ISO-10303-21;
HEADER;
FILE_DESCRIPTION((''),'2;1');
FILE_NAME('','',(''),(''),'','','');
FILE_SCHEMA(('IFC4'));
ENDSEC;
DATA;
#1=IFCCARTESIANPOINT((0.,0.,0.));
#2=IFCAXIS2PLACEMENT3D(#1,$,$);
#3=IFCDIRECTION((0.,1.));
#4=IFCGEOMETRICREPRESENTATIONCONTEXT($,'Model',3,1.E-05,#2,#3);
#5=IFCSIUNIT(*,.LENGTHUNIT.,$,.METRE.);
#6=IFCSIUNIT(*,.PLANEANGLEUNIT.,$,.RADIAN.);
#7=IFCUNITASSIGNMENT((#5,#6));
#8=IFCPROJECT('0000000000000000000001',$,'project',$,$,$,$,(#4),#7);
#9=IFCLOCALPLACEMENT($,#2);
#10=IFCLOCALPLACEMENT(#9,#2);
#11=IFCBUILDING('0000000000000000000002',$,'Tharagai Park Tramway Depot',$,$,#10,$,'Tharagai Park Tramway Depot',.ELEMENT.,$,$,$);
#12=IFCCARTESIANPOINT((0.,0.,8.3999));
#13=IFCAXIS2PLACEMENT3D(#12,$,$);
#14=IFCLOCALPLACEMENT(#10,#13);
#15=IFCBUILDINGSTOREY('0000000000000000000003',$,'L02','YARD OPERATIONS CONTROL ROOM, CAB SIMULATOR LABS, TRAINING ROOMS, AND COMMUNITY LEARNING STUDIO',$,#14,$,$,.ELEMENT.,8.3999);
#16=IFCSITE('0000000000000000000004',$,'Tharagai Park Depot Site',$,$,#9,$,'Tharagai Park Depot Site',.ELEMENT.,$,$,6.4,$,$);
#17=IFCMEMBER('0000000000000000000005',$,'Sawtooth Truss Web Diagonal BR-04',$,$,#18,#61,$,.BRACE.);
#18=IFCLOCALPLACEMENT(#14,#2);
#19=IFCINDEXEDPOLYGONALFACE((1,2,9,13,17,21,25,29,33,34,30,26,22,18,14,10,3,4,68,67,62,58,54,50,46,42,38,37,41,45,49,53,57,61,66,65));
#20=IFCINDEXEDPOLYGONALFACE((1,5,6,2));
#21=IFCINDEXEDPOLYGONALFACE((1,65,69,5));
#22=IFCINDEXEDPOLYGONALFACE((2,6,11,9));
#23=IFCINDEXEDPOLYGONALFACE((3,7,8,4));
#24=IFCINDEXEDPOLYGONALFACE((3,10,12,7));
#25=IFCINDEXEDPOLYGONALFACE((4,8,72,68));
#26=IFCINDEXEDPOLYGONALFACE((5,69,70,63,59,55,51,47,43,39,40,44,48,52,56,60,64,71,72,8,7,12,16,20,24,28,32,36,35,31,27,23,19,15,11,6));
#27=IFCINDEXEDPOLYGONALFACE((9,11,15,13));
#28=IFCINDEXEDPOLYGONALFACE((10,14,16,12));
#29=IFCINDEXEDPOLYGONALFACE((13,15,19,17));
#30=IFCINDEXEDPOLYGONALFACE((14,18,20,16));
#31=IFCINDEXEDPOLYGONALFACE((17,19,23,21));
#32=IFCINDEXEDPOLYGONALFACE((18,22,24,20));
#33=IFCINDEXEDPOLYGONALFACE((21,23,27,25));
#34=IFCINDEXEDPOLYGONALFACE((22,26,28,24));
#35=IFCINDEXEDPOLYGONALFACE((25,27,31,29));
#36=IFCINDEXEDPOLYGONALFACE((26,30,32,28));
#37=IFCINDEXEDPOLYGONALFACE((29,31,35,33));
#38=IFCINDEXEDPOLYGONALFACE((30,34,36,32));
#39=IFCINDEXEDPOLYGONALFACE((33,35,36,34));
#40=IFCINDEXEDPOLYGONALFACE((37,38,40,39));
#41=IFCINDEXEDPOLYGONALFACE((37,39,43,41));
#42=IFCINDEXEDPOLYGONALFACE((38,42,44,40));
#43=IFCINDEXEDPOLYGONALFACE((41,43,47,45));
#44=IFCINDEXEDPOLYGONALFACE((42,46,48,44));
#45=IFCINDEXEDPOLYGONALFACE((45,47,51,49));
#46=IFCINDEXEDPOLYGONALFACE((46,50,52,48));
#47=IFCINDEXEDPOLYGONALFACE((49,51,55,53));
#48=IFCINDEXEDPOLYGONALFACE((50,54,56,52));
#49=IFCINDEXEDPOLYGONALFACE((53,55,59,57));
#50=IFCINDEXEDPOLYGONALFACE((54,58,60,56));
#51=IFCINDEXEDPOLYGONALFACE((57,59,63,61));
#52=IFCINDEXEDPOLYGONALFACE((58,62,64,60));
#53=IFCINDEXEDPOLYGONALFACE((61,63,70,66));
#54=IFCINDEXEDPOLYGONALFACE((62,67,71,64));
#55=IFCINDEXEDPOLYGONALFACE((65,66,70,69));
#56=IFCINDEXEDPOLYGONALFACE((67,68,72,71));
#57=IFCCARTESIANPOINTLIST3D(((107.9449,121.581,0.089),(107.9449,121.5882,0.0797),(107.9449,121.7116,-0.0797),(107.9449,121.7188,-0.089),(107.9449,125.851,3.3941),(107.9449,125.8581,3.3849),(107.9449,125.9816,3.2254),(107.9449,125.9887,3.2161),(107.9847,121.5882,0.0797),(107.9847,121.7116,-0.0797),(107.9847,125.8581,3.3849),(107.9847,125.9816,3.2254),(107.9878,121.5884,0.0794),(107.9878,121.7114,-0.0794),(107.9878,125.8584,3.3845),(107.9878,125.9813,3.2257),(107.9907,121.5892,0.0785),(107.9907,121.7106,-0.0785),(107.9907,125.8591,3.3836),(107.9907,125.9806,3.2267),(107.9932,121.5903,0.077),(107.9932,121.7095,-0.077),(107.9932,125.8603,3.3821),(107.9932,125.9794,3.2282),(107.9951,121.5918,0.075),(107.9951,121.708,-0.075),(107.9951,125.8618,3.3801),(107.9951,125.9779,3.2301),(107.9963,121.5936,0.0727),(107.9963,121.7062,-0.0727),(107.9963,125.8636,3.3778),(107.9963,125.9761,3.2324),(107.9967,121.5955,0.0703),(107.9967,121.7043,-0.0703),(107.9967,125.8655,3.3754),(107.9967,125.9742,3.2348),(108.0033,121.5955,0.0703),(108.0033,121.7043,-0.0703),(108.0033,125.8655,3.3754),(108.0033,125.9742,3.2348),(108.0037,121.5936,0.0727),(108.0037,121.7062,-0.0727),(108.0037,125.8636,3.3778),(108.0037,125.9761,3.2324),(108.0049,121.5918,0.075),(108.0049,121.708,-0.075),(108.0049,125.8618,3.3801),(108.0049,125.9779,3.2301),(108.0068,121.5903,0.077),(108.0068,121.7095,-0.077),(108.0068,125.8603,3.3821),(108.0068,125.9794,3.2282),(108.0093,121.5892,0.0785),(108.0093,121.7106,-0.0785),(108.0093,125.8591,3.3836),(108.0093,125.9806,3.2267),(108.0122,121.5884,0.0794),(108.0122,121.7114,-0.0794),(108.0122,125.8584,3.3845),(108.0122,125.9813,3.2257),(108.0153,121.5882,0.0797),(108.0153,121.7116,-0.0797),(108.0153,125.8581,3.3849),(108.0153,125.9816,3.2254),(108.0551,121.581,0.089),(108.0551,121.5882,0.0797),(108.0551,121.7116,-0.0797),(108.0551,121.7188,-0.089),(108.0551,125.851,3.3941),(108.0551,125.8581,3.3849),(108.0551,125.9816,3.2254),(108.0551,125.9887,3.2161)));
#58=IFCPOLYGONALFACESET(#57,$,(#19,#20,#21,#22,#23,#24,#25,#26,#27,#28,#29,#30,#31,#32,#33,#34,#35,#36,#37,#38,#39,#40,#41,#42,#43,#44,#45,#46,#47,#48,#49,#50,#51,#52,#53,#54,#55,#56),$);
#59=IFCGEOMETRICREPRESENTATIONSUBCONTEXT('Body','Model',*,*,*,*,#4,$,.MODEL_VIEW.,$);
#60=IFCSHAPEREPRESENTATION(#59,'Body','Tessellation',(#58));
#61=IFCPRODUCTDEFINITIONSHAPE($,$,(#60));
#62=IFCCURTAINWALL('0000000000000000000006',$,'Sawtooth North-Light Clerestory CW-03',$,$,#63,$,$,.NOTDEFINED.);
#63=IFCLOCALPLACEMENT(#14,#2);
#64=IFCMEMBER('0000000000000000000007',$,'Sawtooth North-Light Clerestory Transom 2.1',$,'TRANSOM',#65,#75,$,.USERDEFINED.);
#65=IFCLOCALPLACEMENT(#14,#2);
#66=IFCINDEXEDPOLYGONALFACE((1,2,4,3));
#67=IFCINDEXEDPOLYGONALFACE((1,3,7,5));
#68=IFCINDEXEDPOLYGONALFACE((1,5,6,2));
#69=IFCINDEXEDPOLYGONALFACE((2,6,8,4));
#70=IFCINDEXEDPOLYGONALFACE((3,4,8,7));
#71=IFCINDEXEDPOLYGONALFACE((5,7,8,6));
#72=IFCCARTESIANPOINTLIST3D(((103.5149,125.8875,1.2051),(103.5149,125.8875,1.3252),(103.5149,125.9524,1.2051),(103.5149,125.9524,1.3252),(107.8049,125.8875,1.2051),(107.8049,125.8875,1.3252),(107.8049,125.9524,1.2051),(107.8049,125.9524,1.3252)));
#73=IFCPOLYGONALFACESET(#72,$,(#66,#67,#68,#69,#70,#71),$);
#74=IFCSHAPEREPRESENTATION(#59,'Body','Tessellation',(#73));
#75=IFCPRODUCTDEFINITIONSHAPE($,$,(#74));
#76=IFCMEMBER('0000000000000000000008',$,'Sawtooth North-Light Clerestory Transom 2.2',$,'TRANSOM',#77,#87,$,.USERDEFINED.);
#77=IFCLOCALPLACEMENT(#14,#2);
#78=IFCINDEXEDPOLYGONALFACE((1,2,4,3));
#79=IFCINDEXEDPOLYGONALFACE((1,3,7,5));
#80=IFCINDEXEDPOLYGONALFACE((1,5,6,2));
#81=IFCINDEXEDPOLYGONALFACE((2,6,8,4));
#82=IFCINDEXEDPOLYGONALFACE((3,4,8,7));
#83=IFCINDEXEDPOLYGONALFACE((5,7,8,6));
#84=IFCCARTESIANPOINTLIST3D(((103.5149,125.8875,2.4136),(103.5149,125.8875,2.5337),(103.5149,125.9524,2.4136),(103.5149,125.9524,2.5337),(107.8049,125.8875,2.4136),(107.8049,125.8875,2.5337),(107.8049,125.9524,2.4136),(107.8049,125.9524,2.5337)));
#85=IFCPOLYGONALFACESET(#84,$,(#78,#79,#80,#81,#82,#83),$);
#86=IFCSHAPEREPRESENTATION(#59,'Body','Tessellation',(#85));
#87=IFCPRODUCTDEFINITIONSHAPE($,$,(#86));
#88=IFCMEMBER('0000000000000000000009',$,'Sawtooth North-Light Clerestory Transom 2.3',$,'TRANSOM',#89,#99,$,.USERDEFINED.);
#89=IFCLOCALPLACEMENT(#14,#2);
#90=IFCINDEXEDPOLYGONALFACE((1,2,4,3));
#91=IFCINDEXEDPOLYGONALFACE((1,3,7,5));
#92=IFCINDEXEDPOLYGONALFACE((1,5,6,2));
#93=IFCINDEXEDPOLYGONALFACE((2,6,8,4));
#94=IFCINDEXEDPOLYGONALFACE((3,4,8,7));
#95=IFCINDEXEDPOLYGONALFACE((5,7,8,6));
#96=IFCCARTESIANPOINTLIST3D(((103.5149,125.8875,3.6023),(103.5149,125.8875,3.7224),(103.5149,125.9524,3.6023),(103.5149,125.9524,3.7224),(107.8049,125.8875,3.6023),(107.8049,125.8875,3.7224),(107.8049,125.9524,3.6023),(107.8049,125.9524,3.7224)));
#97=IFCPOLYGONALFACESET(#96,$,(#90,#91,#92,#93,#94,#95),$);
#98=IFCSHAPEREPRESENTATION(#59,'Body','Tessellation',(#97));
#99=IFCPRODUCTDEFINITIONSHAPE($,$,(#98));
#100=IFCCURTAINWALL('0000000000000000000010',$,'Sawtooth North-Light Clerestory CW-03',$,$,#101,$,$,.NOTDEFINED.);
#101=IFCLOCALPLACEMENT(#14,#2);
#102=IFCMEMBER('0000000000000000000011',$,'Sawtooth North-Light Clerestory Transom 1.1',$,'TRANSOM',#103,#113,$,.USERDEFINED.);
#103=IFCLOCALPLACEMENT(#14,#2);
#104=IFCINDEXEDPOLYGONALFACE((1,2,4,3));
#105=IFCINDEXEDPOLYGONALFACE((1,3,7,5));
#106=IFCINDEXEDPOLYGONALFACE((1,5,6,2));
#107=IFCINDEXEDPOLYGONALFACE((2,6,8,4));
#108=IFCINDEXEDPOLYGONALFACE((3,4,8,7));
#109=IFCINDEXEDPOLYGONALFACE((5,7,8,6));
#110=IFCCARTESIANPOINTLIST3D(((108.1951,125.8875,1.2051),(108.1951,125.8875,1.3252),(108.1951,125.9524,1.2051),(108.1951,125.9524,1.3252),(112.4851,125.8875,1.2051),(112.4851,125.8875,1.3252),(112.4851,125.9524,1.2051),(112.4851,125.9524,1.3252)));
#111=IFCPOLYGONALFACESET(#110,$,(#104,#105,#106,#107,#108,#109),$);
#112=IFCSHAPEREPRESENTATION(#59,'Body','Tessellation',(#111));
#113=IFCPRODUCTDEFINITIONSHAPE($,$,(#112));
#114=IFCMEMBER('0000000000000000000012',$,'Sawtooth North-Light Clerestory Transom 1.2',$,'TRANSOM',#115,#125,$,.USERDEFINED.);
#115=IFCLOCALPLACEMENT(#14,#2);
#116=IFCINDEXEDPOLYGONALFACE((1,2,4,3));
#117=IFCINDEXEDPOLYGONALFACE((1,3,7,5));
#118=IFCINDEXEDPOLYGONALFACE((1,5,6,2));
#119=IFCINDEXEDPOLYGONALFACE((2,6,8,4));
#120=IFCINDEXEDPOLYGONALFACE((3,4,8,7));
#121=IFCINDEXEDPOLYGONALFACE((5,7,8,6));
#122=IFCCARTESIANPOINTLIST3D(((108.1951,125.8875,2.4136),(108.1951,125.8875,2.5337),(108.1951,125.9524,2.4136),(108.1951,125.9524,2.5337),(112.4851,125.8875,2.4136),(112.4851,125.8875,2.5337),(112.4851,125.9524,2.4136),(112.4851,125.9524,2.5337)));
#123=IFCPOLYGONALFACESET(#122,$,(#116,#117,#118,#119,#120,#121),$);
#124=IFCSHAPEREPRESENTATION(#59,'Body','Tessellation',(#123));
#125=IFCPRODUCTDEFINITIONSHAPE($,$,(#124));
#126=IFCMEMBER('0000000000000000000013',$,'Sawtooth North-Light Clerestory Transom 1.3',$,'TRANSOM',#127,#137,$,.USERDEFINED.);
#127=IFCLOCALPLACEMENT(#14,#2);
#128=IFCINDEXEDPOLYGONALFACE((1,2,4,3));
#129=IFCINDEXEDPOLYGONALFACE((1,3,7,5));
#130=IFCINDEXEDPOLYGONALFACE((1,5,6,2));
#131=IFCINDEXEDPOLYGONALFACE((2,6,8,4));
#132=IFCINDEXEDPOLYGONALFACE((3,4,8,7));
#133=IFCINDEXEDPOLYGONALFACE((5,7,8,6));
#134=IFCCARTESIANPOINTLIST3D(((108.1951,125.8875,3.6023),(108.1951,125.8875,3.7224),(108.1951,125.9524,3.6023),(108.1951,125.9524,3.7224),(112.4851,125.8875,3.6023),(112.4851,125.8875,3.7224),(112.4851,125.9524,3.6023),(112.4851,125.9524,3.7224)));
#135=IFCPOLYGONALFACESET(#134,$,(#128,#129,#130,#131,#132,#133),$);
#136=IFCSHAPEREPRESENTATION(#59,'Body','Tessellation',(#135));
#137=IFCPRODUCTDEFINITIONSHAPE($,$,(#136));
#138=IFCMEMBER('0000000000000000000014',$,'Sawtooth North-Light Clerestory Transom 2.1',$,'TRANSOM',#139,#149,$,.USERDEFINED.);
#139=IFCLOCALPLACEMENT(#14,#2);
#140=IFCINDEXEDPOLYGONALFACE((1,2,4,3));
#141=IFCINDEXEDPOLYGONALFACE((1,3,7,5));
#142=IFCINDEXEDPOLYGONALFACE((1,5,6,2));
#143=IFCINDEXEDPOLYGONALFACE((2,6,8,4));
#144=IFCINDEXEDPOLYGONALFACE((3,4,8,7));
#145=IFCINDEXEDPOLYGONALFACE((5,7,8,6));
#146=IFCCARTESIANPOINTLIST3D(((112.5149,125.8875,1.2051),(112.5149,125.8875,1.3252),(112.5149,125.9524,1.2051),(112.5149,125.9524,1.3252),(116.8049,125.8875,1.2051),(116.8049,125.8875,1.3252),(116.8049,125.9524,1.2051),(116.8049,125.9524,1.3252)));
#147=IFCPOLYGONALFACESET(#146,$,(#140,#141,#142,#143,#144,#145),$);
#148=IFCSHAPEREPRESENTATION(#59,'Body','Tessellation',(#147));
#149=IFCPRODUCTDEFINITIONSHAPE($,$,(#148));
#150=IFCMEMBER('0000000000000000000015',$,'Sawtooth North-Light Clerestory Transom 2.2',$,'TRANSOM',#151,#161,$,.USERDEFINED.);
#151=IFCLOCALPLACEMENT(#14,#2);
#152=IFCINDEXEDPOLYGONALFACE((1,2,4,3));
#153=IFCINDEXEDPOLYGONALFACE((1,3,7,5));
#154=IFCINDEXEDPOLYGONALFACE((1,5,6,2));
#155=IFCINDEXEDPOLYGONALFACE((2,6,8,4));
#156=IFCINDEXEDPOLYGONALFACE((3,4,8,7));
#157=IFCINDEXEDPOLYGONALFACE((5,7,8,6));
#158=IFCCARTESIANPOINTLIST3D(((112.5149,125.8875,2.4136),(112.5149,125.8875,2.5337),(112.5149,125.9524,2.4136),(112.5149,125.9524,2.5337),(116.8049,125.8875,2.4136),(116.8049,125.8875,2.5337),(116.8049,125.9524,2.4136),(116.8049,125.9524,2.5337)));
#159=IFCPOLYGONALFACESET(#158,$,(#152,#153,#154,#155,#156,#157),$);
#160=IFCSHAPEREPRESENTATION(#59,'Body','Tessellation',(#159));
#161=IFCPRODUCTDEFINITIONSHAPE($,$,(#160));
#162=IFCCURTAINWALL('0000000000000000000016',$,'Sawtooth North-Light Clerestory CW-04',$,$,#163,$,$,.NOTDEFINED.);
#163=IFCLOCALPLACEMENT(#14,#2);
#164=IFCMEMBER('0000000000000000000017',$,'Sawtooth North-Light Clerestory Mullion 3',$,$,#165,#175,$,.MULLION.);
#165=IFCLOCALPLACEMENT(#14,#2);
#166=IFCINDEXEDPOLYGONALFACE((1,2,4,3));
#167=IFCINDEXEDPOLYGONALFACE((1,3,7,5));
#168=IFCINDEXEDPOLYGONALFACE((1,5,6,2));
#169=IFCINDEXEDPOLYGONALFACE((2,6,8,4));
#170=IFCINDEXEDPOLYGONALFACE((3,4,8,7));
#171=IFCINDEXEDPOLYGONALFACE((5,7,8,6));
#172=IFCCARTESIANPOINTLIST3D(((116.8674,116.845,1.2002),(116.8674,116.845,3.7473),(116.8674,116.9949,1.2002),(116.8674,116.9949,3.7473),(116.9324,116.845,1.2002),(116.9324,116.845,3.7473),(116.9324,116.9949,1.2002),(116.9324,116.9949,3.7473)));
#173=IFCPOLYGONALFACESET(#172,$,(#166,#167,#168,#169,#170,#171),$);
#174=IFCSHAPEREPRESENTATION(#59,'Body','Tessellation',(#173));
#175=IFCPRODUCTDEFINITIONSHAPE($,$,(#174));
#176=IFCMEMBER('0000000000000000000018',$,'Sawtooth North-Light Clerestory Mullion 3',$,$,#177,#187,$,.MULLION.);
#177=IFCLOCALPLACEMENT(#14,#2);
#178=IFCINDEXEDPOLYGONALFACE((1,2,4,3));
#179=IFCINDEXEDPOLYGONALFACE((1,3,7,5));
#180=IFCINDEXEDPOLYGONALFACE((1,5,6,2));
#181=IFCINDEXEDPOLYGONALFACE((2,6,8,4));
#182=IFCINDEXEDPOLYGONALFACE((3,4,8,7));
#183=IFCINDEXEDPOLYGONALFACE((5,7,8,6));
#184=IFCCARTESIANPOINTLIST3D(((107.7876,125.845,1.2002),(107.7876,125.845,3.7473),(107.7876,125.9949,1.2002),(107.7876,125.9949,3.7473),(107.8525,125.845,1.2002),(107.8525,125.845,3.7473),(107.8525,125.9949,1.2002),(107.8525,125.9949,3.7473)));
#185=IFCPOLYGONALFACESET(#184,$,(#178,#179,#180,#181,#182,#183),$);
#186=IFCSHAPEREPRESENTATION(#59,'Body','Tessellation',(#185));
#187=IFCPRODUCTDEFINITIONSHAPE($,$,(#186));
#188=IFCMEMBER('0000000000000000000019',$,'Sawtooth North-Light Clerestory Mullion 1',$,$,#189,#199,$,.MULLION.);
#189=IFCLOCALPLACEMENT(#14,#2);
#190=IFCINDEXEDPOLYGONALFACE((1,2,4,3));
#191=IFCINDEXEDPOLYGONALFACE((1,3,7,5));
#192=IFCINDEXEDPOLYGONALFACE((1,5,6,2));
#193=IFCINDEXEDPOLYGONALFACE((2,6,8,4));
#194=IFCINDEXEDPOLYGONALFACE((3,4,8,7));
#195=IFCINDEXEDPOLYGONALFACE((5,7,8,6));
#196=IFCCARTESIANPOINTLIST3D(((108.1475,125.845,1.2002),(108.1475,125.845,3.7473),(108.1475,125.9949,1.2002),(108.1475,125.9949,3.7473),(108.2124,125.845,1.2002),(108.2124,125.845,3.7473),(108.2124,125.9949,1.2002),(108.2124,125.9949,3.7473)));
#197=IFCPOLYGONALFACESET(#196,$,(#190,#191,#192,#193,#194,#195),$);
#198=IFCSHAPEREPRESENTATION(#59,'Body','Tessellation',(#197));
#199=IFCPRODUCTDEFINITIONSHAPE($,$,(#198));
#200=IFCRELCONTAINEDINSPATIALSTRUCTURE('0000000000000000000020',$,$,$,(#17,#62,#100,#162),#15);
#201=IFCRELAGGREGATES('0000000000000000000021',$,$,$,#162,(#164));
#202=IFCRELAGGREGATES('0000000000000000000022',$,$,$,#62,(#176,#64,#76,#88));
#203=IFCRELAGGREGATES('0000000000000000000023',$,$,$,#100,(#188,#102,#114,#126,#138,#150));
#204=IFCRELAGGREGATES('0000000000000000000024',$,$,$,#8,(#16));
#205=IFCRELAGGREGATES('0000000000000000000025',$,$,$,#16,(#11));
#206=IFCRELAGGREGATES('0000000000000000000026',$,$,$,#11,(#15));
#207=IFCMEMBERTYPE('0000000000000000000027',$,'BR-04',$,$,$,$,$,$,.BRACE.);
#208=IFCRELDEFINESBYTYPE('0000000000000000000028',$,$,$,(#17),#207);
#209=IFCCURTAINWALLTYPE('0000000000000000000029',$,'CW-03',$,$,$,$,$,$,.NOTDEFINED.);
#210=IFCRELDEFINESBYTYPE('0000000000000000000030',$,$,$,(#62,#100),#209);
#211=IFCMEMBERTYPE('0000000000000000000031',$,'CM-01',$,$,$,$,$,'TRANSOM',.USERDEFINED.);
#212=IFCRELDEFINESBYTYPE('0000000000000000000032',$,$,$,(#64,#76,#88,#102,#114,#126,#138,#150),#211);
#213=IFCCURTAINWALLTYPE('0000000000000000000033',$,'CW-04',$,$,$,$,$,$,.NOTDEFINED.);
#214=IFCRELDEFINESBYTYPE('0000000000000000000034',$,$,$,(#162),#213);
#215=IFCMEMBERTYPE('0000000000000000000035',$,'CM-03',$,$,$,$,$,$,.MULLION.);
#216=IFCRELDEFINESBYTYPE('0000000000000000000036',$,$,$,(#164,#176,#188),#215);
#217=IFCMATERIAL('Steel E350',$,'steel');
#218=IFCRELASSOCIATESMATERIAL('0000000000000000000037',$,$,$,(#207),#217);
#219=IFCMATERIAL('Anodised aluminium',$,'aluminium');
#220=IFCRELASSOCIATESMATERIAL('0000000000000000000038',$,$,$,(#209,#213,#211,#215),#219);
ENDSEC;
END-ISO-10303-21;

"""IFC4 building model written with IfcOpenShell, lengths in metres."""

from ifc_helpers import new_model, si_unit, direction, frame, origin, origin_2d, place, context, subcontext, project, spatial, rectangle, i_section, extrude, material, material_profile, profile_set, type_object, element, aggregate, save


model = new_model("IFC4")

# Units and contexts
model_context = context("Model", 3, precision=1e-05, world=origin(), true_north=direction((0.0, 1.0)))
body_context = subcontext(model_context, "Body", "Model", "MODEL_VIEW")
ifc_project = project(units=[si_unit("LENGTHUNIT", "METRE"), si_unit("PLANEANGLEUNIT", "RADIAN")], contexts=[model_context])

# Site, building, storey
site_placement = place(None, origin())
site = spatial("IfcSite", under=ifc_project, at=site_placement, Name="Tharagai Park Depot Site", LongName="Tharagai Park Depot Site", CompositionType="ELEMENT", RefElevation=6.4)
building_placement = place(site_placement, origin())
building = spatial("IfcBuilding", under=site, at=building_placement, Name="Tharagai Park Tramway Depot", LongName="Tharagai Park Tramway Depot", CompositionType="ELEMENT")
storey_placement = place(building_placement, frame((0.0, 0.0, 8.3999)))
storey = spatial("IfcBuildingStorey", under=building, at=storey_placement, Name="L02", Description="YARD OPERATIONS CONTROL ROOM, CAB SIMULATOR LABS, TRAINING ROOMS, AND COMMUNITY LEARNING STUDIO", CompositionType="ELEMENT", Elevation=8.3999)

# Shared definitions
ifc_material_1 = material(Name="Steel E350", Category="steel")

# Member
ifc_material_profile_1 = material_profile(ifc_material_1, i_section(OverallWidth=0.1101, OverallDepth=0.2251, WebThickness=0.0066, FlangeThickness=0.0117, FilletRadius=0.012, at=origin_2d()), Name="ISMB 225")
ifc_profile_set_1 = profile_set([ifc_material_profile_1], Name="Steel E350")
member_type_1 = type_object("IfcMemberType", Name="BR-04", PredefinedType="BRACE", material=ifc_profile_set_1)
member_1_placement = place(storey_placement, frame((108.0, 121.6499, 0.0), z_axis=(0.0, 0.790782, 0.612098), x_axis=(-1.0, 0.0, 0.0)))
element("IfcMember", 1, at=member_1_placement, inside=storey, type_object=member_type_1, Name="Sawtooth Truss Web Diagonal BR-04", PredefinedType="BRACE", context=body_context, shape_type="SweptSolid", body=[
    extrude(i_section(OverallWidth=0.1101, OverallDepth=0.2251, WebThickness=0.0066, FlangeThickness=0.0117, FilletRadius=0.012, at=origin_2d()), origin(), (0.0, 0.0, 1.0), 5.3997),
])

# Curtain walls, members
ifc_material_2 = material(Name="Anodised aluminium", Category="aluminium")
curtain_wall_type_1 = type_object("IfcCurtainWallType", Name="CW-03", PredefinedType="NOTDEFINED", material=ifc_material_2)
curtain_wall_1_placement = place(storey_placement, origin())
curtain_wall_1 = element("IfcCurtainWall", 2, at=curtain_wall_1_placement, inside=storey, type_object=curtain_wall_type_1, Name="Sawtooth North-Light Clerestory CW-03", PredefinedType="NOTDEFINED")
ifc_material_profile_2 = material_profile(ifc_material_2, rectangle(XDim=0.0649, YDim=0.1201, at=origin_2d()), Name="ALU 65x120")
ifc_profile_set_2 = profile_set([ifc_material_profile_2], Name="Anodised aluminium")
member_type_2 = type_object("IfcMemberType", Name="CM-01", ElementType="TRANSOM", PredefinedType="USERDEFINED", material=ifc_profile_set_2)
member_2_placement = place(storey_placement, frame((103.5149, 125.9199, 1.2651), z_axis=(1.0, 0.0, 0.0), x_axis=(0.0, 1.0, 0.0)))
member_2 = element("IfcMember", 3, at=member_2_placement, type_object=member_type_2, Name="Sawtooth North-Light Clerestory Transom 2.1", ObjectType="TRANSOM", PredefinedType="USERDEFINED", context=body_context, shape_type="SweptSolid", body=[
    extrude(rectangle(XDim=0.0649, YDim=0.1201, at=origin_2d()), origin(), (0.0, 0.0, 1.0), 4.29),
])
member_3_placement = place(storey_placement, frame((103.5149, 125.9199, 2.4736), z_axis=(1.0, 0.0, 0.0), x_axis=(0.0, 1.0, 0.0)))
member_3 = element("IfcMember", 4, at=member_3_placement, type_object=member_type_2, Name="Sawtooth North-Light Clerestory Transom 2.2", ObjectType="TRANSOM", PredefinedType="USERDEFINED", context=body_context, shape_type="SweptSolid", body=[
    extrude(rectangle(XDim=0.0649, YDim=0.1201, at=origin_2d()), origin(), (0.0, 0.0, 1.0), 4.29),
])
member_4_placement = place(storey_placement, frame((103.5149, 125.9199, 3.6624), z_axis=(1.0, 0.0, 0.0), x_axis=(0.0, 1.0, 0.0)))
member_4 = element("IfcMember", 5, at=member_4_placement, type_object=member_type_2, Name="Sawtooth North-Light Clerestory Transom 2.3", ObjectType="TRANSOM", PredefinedType="USERDEFINED", context=body_context, shape_type="SweptSolid", body=[
    extrude(rectangle(XDim=0.0649, YDim=0.1201, at=origin_2d()), origin(), (0.0, 0.0, 1.0), 4.29),
])
curtain_wall_2_placement = place(storey_placement, origin())
curtain_wall_2 = element("IfcCurtainWall", 6, at=curtain_wall_2_placement, inside=storey, type_object=curtain_wall_type_1, Name="Sawtooth North-Light Clerestory CW-03", PredefinedType="NOTDEFINED")
member_5_placement = place(storey_placement, frame((108.1951, 125.9199, 1.2651), z_axis=(1.0, 0.0, 0.0), x_axis=(0.0, 1.0, 0.0)))
member_5 = element("IfcMember", 7, at=member_5_placement, type_object=member_type_2, Name="Sawtooth North-Light Clerestory Transom 1.1", ObjectType="TRANSOM", PredefinedType="USERDEFINED", context=body_context, shape_type="SweptSolid", body=[
    extrude(rectangle(XDim=0.0649, YDim=0.1201, at=origin_2d()), origin(), (0.0, 0.0, 1.0), 4.29),
])
member_6_placement = place(storey_placement, frame((108.1951, 125.9199, 2.4736), z_axis=(1.0, 0.0, 0.0), x_axis=(0.0, 1.0, 0.0)))
member_6 = element("IfcMember", 8, at=member_6_placement, type_object=member_type_2, Name="Sawtooth North-Light Clerestory Transom 1.2", ObjectType="TRANSOM", PredefinedType="USERDEFINED", context=body_context, shape_type="SweptSolid", body=[
    extrude(rectangle(XDim=0.0649, YDim=0.1201, at=origin_2d()), origin(), (0.0, 0.0, 1.0), 4.29),
])
member_7_placement = place(storey_placement, frame((108.1951, 125.9199, 3.6624), z_axis=(1.0, 0.0, 0.0), x_axis=(0.0, 1.0, 0.0)))
member_7 = element("IfcMember", 9, at=member_7_placement, type_object=member_type_2, Name="Sawtooth North-Light Clerestory Transom 1.3", ObjectType="TRANSOM", PredefinedType="USERDEFINED", context=body_context, shape_type="SweptSolid", body=[
    extrude(rectangle(XDim=0.0649, YDim=0.1201, at=origin_2d()), origin(), (0.0, 0.0, 1.0), 4.29),
])
member_8_placement = place(storey_placement, frame((112.5149, 125.9199, 1.2651), z_axis=(1.0, 0.0, 0.0), x_axis=(0.0, 1.0, 0.0)))
member_8 = element("IfcMember", 10, at=member_8_placement, type_object=member_type_2, Name="Sawtooth North-Light Clerestory Transom 2.1", ObjectType="TRANSOM", PredefinedType="USERDEFINED", context=body_context, shape_type="SweptSolid", body=[
    extrude(rectangle(XDim=0.0649, YDim=0.1201, at=origin_2d()), origin(), (0.0, 0.0, 1.0), 4.29),
])
member_9_placement = place(storey_placement, frame((112.5149, 125.9199, 2.4736), z_axis=(1.0, 0.0, 0.0), x_axis=(0.0, 1.0, 0.0)))
member_9 = element("IfcMember", 11, at=member_9_placement, type_object=member_type_2, Name="Sawtooth North-Light Clerestory Transom 2.2", ObjectType="TRANSOM", PredefinedType="USERDEFINED", context=body_context, shape_type="SweptSolid", body=[
    extrude(rectangle(XDim=0.0649, YDim=0.1201, at=origin_2d()), origin(), (0.0, 0.0, 1.0), 4.29),
])

# Curtain wall, member
curtain_wall_type_2 = type_object("IfcCurtainWallType", Name="CW-04", PredefinedType="NOTDEFINED", material=ifc_material_2)
curtain_wall_3_placement = place(storey_placement, origin())
curtain_wall_3 = element("IfcCurtainWall", 12, at=curtain_wall_3_placement, inside=storey, type_object=curtain_wall_type_2, Name="Sawtooth North-Light Clerestory CW-04", PredefinedType="NOTDEFINED")
ifc_material_profile_3 = material_profile(ifc_material_2, rectangle(XDim=0.0649, YDim=0.1499, at=origin_2d()), Name="ALU 65x150")
ifc_profile_set_3 = profile_set([ifc_material_profile_3], Name="Anodised aluminium")
member_type_3 = type_object("IfcMemberType", Name="CM-03", PredefinedType="MULLION", material=ifc_profile_set_3)
member_10_placement = place(storey_placement, frame((116.8999, 116.9199, 1.2002), z_axis=(0.0, 0.0, 1.0), x_axis=(1.0, 0.0, 0.0)))
member_10 = element("IfcMember", 13, at=member_10_placement, type_object=member_type_3, Name="Sawtooth North-Light Clerestory Mullion 3", PredefinedType="MULLION", context=body_context, shape_type="SweptSolid", body=[
    extrude(rectangle(XDim=0.0649, YDim=0.1499, at=origin_2d()), origin(), (0.0, 0.0, 1.0), 2.5471),
])

# Members
member_11_placement = place(storey_placement, frame((107.8201, 125.9199, 1.2002), z_axis=(0.0, 0.0, 1.0), x_axis=(1.0, 0.0, 0.0)))
member_11 = element("IfcMember", 14, at=member_11_placement, type_object=member_type_3, Name="Sawtooth North-Light Clerestory Mullion 3", PredefinedType="MULLION", context=body_context, shape_type="SweptSolid", body=[
    extrude(rectangle(XDim=0.0649, YDim=0.1499, at=origin_2d()), origin(), (0.0, 0.0, 1.0), 2.5471),
])
member_12_placement = place(storey_placement, frame((108.1799, 125.9199, 1.2002), z_axis=(0.0, 0.0, 1.0), x_axis=(1.0, 0.0, 0.0)))
member_12 = element("IfcMember", 15, at=member_12_placement, type_object=member_type_3, Name="Sawtooth North-Light Clerestory Mullion 1", PredefinedType="MULLION", context=body_context, shape_type="SweptSolid", body=[
    extrude(rectangle(XDim=0.0649, YDim=0.1499, at=origin_2d()), origin(), (0.0, 0.0, 1.0), 2.5471),
])

aggregate(curtain_wall_3, [member_10])
aggregate(curtain_wall_1, [member_11, member_2, member_3, member_4])
aggregate(curtain_wall_2, [member_12, member_5, member_6, member_7, member_8, member_9])

save(model, "model.ifc")
